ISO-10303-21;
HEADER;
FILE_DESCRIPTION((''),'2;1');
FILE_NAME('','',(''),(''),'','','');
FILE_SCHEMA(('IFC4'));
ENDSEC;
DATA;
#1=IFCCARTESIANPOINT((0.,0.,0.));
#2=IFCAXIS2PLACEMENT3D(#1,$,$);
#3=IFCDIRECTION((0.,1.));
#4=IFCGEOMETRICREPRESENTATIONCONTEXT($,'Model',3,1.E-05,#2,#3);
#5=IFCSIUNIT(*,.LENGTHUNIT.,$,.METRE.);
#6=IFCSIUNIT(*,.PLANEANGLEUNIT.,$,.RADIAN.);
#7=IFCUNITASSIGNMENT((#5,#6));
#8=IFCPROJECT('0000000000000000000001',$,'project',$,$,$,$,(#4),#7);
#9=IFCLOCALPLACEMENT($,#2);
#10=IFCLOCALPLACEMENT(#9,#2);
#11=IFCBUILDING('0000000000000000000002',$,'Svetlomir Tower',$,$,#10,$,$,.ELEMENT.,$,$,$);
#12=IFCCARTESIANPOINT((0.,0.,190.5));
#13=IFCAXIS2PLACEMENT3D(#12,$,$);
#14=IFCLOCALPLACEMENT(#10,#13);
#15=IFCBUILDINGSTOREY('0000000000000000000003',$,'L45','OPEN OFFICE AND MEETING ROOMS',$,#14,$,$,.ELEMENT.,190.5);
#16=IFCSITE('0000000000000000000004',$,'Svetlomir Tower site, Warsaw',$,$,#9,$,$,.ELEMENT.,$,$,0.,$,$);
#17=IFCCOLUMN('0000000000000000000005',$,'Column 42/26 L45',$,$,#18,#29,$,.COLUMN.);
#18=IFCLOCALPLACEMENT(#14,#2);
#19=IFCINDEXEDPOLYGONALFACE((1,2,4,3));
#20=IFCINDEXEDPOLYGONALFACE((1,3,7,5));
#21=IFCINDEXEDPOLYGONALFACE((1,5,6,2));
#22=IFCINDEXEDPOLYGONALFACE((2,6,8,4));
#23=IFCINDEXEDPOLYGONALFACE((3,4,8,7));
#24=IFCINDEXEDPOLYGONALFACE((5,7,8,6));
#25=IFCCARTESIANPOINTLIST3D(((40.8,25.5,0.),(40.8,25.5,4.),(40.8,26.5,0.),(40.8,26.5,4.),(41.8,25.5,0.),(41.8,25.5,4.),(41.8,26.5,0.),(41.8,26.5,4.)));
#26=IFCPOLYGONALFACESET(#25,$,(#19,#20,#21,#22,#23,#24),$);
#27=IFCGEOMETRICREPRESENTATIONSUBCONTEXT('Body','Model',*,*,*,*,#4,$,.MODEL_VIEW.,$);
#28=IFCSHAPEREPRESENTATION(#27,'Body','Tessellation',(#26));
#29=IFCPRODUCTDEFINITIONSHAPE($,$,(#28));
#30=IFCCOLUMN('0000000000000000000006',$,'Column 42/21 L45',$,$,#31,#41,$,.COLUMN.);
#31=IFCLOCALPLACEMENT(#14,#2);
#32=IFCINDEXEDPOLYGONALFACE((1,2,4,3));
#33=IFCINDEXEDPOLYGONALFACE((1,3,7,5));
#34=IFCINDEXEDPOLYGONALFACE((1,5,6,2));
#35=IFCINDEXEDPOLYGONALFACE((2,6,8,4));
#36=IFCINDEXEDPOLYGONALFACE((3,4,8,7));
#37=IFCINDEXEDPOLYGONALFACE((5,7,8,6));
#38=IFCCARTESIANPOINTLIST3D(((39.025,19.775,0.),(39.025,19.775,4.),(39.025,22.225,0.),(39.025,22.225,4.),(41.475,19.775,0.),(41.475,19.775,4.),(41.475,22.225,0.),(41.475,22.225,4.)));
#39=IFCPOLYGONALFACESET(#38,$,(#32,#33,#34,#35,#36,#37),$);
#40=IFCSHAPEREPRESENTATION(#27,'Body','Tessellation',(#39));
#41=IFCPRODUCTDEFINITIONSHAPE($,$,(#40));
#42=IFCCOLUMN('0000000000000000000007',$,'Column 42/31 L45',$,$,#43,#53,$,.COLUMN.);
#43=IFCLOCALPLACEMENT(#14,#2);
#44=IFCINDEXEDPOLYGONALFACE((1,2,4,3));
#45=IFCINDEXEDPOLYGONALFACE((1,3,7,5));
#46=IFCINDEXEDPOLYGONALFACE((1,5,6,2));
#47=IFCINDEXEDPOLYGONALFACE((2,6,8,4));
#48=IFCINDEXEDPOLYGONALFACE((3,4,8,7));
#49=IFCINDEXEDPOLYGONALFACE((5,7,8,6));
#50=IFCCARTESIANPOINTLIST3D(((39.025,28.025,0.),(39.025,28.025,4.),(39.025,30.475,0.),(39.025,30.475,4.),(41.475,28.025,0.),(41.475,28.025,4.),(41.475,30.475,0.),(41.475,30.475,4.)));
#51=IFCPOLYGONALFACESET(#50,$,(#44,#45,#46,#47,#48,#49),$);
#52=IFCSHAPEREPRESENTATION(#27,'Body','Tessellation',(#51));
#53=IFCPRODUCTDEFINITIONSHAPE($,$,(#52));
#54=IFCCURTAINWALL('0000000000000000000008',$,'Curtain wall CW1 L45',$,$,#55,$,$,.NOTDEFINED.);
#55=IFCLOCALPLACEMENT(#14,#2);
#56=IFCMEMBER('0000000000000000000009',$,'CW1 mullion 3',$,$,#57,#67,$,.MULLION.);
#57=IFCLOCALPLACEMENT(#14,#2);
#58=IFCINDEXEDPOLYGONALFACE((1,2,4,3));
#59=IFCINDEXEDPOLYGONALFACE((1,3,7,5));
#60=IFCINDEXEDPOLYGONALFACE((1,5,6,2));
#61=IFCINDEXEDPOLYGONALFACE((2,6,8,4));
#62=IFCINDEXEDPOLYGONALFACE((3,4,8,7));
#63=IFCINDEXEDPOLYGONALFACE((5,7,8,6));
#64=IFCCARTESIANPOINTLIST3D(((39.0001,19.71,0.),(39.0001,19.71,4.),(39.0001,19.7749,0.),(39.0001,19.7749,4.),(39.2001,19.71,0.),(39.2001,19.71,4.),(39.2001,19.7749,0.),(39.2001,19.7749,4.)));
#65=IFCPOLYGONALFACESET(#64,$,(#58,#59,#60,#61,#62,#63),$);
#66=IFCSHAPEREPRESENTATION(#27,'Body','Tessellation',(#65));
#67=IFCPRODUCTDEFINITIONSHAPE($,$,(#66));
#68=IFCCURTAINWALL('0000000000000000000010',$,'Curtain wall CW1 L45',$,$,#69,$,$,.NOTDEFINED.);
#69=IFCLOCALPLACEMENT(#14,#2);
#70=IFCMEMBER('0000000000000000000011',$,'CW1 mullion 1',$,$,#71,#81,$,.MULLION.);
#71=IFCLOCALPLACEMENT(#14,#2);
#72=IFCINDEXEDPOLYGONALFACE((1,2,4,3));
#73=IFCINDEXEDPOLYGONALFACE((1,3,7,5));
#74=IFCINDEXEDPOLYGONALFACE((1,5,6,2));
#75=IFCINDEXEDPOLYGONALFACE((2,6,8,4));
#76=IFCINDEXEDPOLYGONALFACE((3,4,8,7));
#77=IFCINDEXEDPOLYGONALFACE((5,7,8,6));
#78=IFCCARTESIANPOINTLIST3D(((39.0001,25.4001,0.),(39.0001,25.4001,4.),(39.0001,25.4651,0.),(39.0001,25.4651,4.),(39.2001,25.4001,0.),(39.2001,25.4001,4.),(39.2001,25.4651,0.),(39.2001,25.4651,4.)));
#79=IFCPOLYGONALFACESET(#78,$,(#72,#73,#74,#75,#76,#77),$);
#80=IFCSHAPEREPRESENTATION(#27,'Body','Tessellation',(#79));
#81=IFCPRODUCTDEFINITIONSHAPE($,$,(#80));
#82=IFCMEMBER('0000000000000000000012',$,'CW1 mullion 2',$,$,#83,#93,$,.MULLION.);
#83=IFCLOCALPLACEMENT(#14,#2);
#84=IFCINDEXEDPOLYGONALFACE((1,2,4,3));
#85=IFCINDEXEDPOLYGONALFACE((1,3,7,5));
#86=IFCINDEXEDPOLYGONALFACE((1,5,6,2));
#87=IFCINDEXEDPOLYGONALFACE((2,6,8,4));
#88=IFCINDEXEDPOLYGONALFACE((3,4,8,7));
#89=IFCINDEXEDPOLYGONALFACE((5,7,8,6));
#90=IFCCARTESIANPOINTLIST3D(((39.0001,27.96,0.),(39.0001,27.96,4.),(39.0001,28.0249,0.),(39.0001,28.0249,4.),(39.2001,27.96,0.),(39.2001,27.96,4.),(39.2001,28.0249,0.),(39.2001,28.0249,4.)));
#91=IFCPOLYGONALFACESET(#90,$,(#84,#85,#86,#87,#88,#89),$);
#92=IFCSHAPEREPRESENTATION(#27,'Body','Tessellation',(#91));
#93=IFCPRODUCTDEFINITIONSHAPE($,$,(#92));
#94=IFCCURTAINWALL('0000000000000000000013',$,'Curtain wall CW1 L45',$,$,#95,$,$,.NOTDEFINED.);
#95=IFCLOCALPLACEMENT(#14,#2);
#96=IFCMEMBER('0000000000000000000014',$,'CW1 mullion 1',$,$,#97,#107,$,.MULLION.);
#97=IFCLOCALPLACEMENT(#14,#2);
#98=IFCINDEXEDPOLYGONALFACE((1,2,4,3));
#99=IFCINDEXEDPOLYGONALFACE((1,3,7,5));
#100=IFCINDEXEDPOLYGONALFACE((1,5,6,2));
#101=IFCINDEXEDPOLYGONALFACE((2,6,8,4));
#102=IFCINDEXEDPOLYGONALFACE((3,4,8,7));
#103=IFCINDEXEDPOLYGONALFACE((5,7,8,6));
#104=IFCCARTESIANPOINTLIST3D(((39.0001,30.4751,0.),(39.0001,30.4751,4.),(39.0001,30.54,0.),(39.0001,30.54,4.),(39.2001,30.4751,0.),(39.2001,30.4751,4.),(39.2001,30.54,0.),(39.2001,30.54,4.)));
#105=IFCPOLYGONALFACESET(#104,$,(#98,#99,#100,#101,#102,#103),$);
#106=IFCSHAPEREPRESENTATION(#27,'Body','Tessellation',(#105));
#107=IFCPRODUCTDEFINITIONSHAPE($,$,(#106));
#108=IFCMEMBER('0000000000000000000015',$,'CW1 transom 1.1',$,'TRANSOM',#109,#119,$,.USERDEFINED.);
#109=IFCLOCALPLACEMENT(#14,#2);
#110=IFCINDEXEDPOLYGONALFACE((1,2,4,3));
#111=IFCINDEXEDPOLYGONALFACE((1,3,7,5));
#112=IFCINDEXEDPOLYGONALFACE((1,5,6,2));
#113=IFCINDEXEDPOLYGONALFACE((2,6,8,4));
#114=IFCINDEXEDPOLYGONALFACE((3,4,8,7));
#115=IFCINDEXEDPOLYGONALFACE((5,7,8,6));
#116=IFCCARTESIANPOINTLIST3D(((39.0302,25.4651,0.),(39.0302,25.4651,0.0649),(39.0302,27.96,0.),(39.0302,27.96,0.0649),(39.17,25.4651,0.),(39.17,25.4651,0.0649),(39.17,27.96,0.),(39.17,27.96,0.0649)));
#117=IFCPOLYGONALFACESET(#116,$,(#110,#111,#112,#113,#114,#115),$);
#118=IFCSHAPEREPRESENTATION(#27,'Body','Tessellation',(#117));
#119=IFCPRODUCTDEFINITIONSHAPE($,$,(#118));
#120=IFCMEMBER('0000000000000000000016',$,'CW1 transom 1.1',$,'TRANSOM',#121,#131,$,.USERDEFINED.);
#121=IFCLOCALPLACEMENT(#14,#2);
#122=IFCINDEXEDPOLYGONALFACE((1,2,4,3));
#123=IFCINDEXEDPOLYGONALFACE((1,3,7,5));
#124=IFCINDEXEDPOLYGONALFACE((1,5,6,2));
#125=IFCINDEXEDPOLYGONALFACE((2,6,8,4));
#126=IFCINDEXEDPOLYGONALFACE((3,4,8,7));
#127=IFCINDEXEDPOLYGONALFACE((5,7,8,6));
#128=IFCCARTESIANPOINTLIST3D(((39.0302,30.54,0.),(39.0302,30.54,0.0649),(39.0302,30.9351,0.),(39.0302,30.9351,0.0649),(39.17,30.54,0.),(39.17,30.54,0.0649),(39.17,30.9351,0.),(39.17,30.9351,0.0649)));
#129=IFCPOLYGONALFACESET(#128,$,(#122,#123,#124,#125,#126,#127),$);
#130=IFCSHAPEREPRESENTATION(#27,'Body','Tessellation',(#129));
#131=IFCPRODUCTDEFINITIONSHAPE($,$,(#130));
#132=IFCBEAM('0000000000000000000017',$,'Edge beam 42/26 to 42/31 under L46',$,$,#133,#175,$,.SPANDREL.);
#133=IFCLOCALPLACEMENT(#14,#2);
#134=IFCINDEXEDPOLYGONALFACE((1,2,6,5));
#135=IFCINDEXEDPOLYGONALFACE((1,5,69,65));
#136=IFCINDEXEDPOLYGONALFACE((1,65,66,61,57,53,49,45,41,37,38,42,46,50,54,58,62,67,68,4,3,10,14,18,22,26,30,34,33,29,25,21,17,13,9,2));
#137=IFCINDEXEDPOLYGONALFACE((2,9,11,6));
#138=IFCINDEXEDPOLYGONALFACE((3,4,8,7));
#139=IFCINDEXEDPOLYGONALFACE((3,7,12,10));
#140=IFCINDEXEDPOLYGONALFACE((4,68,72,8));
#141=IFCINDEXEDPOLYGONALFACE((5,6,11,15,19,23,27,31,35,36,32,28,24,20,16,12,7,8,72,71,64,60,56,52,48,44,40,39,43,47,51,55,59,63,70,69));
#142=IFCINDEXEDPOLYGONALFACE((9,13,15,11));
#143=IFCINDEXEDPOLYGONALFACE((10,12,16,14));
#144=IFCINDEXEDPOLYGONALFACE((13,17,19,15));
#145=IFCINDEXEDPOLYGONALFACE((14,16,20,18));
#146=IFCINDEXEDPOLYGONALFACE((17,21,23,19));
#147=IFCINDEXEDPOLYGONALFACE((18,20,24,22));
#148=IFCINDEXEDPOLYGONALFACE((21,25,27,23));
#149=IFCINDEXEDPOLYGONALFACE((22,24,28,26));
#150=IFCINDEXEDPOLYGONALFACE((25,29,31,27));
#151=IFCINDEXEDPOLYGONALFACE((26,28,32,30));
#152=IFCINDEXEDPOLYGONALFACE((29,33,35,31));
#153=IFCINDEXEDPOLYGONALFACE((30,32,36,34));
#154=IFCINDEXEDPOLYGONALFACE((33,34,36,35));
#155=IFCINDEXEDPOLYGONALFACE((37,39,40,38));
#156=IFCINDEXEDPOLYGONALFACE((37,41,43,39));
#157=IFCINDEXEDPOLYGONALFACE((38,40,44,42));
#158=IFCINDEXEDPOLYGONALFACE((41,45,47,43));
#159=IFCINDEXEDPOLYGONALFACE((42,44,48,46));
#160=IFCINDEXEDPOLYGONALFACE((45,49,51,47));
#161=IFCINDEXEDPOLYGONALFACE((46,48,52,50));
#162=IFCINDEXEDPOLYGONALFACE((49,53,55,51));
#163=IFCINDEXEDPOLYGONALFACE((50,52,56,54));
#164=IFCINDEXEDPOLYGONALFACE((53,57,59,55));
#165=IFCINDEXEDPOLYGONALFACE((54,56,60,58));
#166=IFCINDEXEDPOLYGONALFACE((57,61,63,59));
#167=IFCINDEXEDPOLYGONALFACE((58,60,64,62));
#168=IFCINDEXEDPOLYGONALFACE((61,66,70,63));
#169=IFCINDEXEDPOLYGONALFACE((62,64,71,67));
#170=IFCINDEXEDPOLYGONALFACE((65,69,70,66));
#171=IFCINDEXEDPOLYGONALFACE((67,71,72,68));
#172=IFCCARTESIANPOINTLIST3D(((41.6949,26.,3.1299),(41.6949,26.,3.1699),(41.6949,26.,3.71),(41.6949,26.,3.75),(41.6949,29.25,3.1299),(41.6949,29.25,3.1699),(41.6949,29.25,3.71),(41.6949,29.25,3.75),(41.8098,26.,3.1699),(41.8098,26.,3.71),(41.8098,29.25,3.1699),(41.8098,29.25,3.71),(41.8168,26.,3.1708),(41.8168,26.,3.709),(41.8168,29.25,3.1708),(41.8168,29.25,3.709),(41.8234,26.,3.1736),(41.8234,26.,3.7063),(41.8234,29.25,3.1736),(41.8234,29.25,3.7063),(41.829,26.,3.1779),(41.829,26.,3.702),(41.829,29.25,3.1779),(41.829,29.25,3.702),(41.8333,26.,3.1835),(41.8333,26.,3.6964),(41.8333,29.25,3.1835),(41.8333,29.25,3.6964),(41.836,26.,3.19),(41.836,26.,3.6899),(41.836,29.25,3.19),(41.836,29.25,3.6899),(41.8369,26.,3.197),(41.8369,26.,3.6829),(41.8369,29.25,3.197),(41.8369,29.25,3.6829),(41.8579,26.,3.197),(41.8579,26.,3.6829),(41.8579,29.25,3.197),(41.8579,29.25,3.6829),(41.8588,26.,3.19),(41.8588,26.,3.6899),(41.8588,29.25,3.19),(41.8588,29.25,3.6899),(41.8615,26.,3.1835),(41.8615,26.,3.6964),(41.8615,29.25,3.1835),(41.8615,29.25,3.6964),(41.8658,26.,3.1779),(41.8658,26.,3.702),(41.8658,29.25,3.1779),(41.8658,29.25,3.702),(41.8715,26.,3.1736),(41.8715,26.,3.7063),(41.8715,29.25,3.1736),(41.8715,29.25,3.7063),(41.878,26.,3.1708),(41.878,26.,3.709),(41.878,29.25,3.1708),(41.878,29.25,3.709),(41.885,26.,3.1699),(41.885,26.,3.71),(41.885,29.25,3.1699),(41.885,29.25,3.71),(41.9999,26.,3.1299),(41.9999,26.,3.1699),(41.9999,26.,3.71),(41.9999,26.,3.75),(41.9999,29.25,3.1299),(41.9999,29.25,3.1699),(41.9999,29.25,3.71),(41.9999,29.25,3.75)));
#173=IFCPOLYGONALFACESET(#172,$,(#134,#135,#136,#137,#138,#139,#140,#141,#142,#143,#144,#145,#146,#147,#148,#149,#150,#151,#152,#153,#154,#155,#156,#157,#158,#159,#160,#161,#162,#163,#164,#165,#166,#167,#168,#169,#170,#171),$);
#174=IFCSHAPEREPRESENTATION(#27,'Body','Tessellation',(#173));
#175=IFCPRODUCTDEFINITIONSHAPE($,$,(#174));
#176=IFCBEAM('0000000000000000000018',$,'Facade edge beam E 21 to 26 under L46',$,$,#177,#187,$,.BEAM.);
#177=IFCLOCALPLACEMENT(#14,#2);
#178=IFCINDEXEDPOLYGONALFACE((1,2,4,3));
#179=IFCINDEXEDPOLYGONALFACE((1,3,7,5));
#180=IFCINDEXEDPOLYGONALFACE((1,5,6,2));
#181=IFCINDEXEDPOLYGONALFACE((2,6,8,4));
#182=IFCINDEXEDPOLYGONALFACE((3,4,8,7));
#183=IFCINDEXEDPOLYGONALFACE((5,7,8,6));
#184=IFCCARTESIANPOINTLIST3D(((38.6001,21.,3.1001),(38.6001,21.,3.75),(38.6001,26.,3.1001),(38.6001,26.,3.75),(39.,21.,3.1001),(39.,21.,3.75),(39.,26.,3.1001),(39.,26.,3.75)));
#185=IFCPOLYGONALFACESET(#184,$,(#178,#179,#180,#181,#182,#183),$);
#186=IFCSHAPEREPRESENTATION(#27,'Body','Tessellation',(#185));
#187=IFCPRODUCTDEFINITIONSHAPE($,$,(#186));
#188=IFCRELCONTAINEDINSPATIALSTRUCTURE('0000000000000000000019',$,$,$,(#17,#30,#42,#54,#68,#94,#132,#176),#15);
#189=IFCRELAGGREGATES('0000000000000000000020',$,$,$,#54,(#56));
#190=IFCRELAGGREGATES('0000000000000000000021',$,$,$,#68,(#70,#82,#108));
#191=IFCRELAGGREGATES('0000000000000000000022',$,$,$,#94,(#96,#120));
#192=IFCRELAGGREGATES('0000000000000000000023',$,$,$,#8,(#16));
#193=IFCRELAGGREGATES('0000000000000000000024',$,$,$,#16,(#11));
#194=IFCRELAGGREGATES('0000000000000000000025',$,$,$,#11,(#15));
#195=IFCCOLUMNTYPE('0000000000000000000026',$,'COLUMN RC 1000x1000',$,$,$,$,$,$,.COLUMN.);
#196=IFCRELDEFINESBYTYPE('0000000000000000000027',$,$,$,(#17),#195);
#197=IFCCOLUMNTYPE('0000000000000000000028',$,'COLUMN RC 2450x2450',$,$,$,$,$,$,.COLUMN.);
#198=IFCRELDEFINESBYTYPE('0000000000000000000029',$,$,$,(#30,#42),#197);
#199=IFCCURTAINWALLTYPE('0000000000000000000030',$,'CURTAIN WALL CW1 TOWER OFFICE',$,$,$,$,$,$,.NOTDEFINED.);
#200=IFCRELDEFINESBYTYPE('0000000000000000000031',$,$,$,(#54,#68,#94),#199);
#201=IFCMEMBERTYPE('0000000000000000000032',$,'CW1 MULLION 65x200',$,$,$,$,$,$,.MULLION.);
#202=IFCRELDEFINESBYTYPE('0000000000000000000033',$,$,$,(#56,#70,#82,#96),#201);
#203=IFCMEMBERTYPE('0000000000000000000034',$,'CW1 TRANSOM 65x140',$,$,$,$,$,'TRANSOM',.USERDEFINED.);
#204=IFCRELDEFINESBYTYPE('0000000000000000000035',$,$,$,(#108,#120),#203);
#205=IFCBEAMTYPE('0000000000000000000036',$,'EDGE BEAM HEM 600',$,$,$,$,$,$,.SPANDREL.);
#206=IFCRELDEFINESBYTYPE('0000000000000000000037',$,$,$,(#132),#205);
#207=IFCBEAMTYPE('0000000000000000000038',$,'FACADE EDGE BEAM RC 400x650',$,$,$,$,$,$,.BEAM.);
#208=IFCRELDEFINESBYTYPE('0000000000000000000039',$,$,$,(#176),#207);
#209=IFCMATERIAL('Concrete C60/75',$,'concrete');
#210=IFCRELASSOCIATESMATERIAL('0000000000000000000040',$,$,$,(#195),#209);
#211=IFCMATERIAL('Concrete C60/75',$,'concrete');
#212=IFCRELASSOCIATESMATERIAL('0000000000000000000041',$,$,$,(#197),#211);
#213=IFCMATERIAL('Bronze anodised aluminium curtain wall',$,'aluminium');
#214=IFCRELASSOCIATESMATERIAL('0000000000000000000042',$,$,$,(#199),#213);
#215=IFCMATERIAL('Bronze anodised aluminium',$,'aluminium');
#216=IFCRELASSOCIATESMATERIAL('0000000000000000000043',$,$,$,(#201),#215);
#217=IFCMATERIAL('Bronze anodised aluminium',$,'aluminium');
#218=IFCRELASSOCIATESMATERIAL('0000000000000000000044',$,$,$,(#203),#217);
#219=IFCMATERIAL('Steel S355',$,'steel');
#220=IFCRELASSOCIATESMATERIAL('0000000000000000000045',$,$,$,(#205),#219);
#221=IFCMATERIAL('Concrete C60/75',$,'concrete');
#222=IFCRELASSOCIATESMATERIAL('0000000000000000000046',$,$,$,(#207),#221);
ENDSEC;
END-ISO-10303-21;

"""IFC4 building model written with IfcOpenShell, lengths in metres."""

from ifc_helpers import new_model, si_unit, direction, frame, origin, origin_2d, place, context, subcontext, project, spatial, rectangle, i_section, extrude, material, material_profile, profile_set, type_object, element, aggregate, save


model = new_model("IFC4")

# Units and contexts
model_context = context("Model", 3, precision=1e-05, world=origin(), true_north=direction((0.0, 1.0)))
body_context = subcontext(model_context, "Body", "Model", "MODEL_VIEW")
ifc_project = project(units=[si_unit("LENGTHUNIT", "METRE"), si_unit("PLANEANGLEUNIT", "RADIAN")], contexts=[model_context])

# Site, building, storey
site_placement = place(None, origin())
site = spatial("IfcSite", under=ifc_project, at=site_placement, Name="Svetlomir Tower site, Warsaw", CompositionType="ELEMENT", RefElevation=0.0)
building_placement = place(site_placement, origin())
building = spatial("IfcBuilding", under=site, at=building_placement, Name="Svetlomir Tower", CompositionType="ELEMENT")
storey_placement = place(building_placement, frame((0.0, 0.0, 190.5)))
storey = spatial("IfcBuildingStorey", under=building, at=storey_placement, Name="L45", Description="OPEN OFFICE AND MEETING ROOMS", CompositionType="ELEMENT", Elevation=190.5)

# Columns
ifc_material_1 = material(Name="Concrete C60/75", Category="concrete")
ifc_material_profile_1 = material_profile(ifc_material_1, rectangle(XDim=1.0, YDim=1.0, at=origin_2d()), Name="RC 1000x1000")
ifc_profile_set_1 = profile_set([ifc_material_profile_1], Name="Concrete C60/75")
column_type_1 = type_object("IfcColumnType", Name="COLUMN RC 1000x1000", PredefinedType="COLUMN", material=ifc_profile_set_1)
column_placement = place(storey_placement, frame((41.3, 26.0, 0.0), z_axis=(0.0, 0.0, 1.0), x_axis=(1.0, 0.0, 0.0)))
element("IfcColumn", 1, at=column_placement, inside=storey, type_object=column_type_1, Name="Column 42/26 L45", PredefinedType="COLUMN", context=body_context, shape_type="SweptSolid", body=[
    extrude(rectangle(XDim=1.0, YDim=1.0, at=origin_2d()), origin(), (0.0, 0.0, 1.0), 4.0),
])
ifc_material_2 = material(Name="Concrete C60/75", Category="concrete")
ifc_material_profile_2 = material_profile(ifc_material_2, rectangle(XDim=2.45, YDim=2.45, at=origin_2d()), Name="RC 2450x2450")
ifc_profile_set_2 = profile_set([ifc_material_profile_2], Name="Concrete C60/75")
column_type_2 = type_object("IfcColumnType", Name="COLUMN RC 2450x2450", PredefinedType="COLUMN", material=ifc_profile_set_2)
for number, where, z_axis, x_axis, name in (
    (2, (40.25, 21.0, 0.0), (0.0, 0.0, 1.0), (1.0, 0.0, 0.0), "Column 42/21 L45"),
    (3, (40.25, 29.25, 0.0), (0.0, 0.0, 1.0), (1.0, 0.0, 0.0), "Column 42/31 L45"),
):
    element("IfcColumn", number, at=place(storey_placement, frame(where, z_axis=z_axis, x_axis=x_axis)), inside=storey, type_object=column_type_2, Name=name, PredefinedType="COLUMN", context=body_context, shape_type="SweptSolid", body=[
        extrude(rectangle(XDim=2.45, YDim=2.45, at=origin_2d()), origin(), (0.0, 0.0, 1.0), 4.0),
    ])

# Curtain wall, member
ifc_material_3 = material(Name="Bronze anodised aluminium curtain wall", Category="aluminium")
curtain_wall_type = type_object("IfcCurtainWallType", Name="CURTAIN WALL CW1 TOWER OFFICE", PredefinedType="NOTDEFINED", material=ifc_material_3)
curtain_wall_1_placement = place(storey_placement, origin())
curtain_wall_1 = element("IfcCurtainWall", 4, at=curtain_wall_1_placement, inside=storey, type_object=curtain_wall_type, Name="Curtain wall CW1 L45", PredefinedType="NOTDEFINED")
ifc_material_4 = material(Name="Bronze anodised aluminium", Category="aluminium")
ifc_material_profile_3 = material_profile(ifc_material_4, rectangle(XDim=0.0649, YDim=0.2, at=origin_2d()), Name="AL 65x200")
ifc_profile_set_3 = profile_set([ifc_material_profile_3], Name="Bronze anodised aluminium 6063-T6")
member_type_1 = type_object("IfcMemberType", Name="CW1 MULLION 65x200", PredefinedType="MULLION", material=ifc_profile_set_3)
member_1_placement = place(storey_placement, frame((39.1001, 19.7424, 0.0), z_axis=(0.0, 0.0, 1.0), x_axis=(0.0, 1.0, 0.0)))
member_1 = element("IfcMember", 5, at=member_1_placement, type_object=member_type_1, Name="CW1 mullion 3", PredefinedType="MULLION", context=body_context, shape_type="SweptSolid", body=[
    extrude(rectangle(XDim=0.0649, YDim=0.2, at=origin_2d()), origin(), (0.0, 0.0, 1.0), 4.0),
])
aggregate(curtain_wall_1, [member_1])

# Curtain wall, members
curtain_wall_2_placement = place(storey_placement, origin())
curtain_wall_2 = element("IfcCurtainWall", 6, at=curtain_wall_2_placement, inside=storey, type_object=curtain_wall_type, Name="Curtain wall CW1 L45", PredefinedType="NOTDEFINED")
member_2_placement = place(storey_placement, frame((39.1001, 25.4326, 0.0), z_axis=(0.0, 0.0, 1.0), x_axis=(0.0, 1.0, 0.0)))
member_2 = element("IfcMember", 7, at=member_2_placement, type_object=member_type_1, Name="CW1 mullion 1", PredefinedType="MULLION", context=body_context, shape_type="SweptSolid", body=[
    extrude(rectangle(XDim=0.0649, YDim=0.2, at=origin_2d()), origin(), (0.0, 0.0, 1.0), 4.0),
])
member_3_placement = place(storey_placement, frame((39.1001, 27.9924, 0.0), z_axis=(0.0, 0.0, 1.0), x_axis=(0.0, 1.0, 0.0)))
member_3 = element("IfcMember", 8, at=member_3_placement, type_object=member_type_1, Name="CW1 mullion 2", PredefinedType="MULLION", context=body_context, shape_type="SweptSolid", body=[
    extrude(rectangle(XDim=0.0649, YDim=0.2, at=origin_2d()), origin(), (0.0, 0.0, 1.0), 4.0),
])

# Curtain wall, member
curtain_wall_3_placement = place(storey_placement, origin())
curtain_wall_3 = element("IfcCurtainWall", 9, at=curtain_wall_3_placement, inside=storey, type_object=curtain_wall_type, Name="Curtain wall CW1 L45", PredefinedType="NOTDEFINED")
member_4_placement = place(storey_placement, frame((39.1001, 30.5076, 0.0), z_axis=(0.0, 0.0, 1.0), x_axis=(0.0, 1.0, 0.0)))
member_4 = element("IfcMember", 10, at=member_4_placement, type_object=member_type_1, Name="CW1 mullion 1", PredefinedType="MULLION", context=body_context, shape_type="SweptSolid", body=[
    extrude(rectangle(XDim=0.0649, YDim=0.2, at=origin_2d()), origin(), (0.0, 0.0, 1.0), 4.0),
])

# Members
ifc_material_5 = material(Name="Bronze anodised aluminium", Category="aluminium")
ifc_material_profile_4 = material_profile(ifc_material_5, rectangle(XDim=0.1399, YDim=0.0649, at=origin_2d()), Name="AL 140x65")
ifc_profile_set_4 = profile_set([ifc_material_profile_4], Name="Bronze anodised aluminium 6063-T6")
member_type_2 = type_object("IfcMemberType", Name="CW1 TRANSOM 65x140", ElementType="TRANSOM", PredefinedType="USERDEFINED", material=ifc_profile_set_4)
member_5_placement = place(storey_placement, frame((39.1001, 25.4651, 0.0325), z_axis=(0.0, 1.0, 0.0), x_axis=(-1.0, 0.0, 0.0)))
member_5 = element("IfcMember", 11, at=member_5_placement, type_object=member_type_2, Name="CW1 transom 1.1", ObjectType="TRANSOM", PredefinedType="USERDEFINED", context=body_context, shape_type="SweptSolid", body=[
    extrude(rectangle(XDim=0.1399, YDim=0.0649, at=origin_2d()), origin(), (0.0, 0.0, 1.0), 2.4949),
])
member_6_placement = place(storey_placement, frame((39.1001, 30.54, 0.0325), z_axis=(0.0, 1.0, 0.0), x_axis=(-1.0, 0.0, 0.0)))
member_6 = element("IfcMember", 12, at=member_6_placement, type_object=member_type_2, Name="CW1 transom 1.1", ObjectType="TRANSOM", PredefinedType="USERDEFINED", context=body_context, shape_type="SweptSolid", body=[
    extrude(rectangle(XDim=0.1399, YDim=0.0649, at=origin_2d()), origin(), (0.0, 0.0, 1.0), 0.395),
])

# Beams
ifc_material_6 = material(Name="Steel S355", Category="steel")
ifc_material_profile_5 = material_profile(ifc_material_6, i_section(OverallWidth=0.3049, OverallDepth=0.6201, WebThickness=0.021, FlangeThickness=0.04, FilletRadius=0.0271, at=origin_2d()), Name="HEM 600")
ifc_profile_set_5 = profile_set([ifc_material_profile_5], Name="Steel S355")
beam_type_1 = type_object("IfcBeamType", Name="EDGE BEAM HEM 600", PredefinedType="SPANDREL", material=ifc_profile_set_5)
beam_1_placement = place(storey_placement, frame((41.8474, 26.0, 3.4399), z_axis=(0.0, 1.0, 0.0), x_axis=(-1.0, 0.0, 0.0)))
element("IfcBeam", 13, at=beam_1_placement, inside=storey, type_object=beam_type_1, Name="Edge beam 42/26 to 42/31 under L46", PredefinedType="SPANDREL", context=body_context, shape_type="SweptSolid", body=[
    extrude(i_section(OverallWidth=0.3049, OverallDepth=0.6201, WebThickness=0.021, FlangeThickness=0.04, FilletRadius=0.0271, at=origin_2d()), origin(), (0.0, 0.0, 1.0), 3.25),
])
ifc_material_7 = material(Name="Concrete C60/75", Category="concrete")
ifc_material_profile_6 = material_profile(ifc_material_7, rectangle(XDim=0.3999, YDim=0.6499, at=origin_2d()), Name="RC 400x650")
ifc_profile_set_6 = profile_set([ifc_material_profile_6], Name="Concrete C60/75")
beam_type_2 = type_object("IfcBeamType", Name="FACADE EDGE BEAM RC 400x650", PredefinedType="BEAM", material=ifc_profile_set_6)
beam_2_placement = place(storey_placement, frame((38.8, 21.0, 3.425), z_axis=(0.0, 1.0, 0.0), x_axis=(-1.0, 0.0, 0.0)))
element("IfcBeam", 14, at=beam_2_placement, inside=storey, type_object=beam_type_2, Name="Facade edge beam E 21 to 26 under L46", PredefinedType="BEAM", context=body_context, shape_type="SweptSolid", body=[
    extrude(rectangle(XDim=0.3999, YDim=0.6499, at=origin_2d()), origin(), (0.0, 0.0, 1.0), 5.0),
])

aggregate(curtain_wall_2, [member_2, member_3, member_5])
aggregate(curtain_wall_3, [member_4, member_6])

save(model, "model.ifc")
